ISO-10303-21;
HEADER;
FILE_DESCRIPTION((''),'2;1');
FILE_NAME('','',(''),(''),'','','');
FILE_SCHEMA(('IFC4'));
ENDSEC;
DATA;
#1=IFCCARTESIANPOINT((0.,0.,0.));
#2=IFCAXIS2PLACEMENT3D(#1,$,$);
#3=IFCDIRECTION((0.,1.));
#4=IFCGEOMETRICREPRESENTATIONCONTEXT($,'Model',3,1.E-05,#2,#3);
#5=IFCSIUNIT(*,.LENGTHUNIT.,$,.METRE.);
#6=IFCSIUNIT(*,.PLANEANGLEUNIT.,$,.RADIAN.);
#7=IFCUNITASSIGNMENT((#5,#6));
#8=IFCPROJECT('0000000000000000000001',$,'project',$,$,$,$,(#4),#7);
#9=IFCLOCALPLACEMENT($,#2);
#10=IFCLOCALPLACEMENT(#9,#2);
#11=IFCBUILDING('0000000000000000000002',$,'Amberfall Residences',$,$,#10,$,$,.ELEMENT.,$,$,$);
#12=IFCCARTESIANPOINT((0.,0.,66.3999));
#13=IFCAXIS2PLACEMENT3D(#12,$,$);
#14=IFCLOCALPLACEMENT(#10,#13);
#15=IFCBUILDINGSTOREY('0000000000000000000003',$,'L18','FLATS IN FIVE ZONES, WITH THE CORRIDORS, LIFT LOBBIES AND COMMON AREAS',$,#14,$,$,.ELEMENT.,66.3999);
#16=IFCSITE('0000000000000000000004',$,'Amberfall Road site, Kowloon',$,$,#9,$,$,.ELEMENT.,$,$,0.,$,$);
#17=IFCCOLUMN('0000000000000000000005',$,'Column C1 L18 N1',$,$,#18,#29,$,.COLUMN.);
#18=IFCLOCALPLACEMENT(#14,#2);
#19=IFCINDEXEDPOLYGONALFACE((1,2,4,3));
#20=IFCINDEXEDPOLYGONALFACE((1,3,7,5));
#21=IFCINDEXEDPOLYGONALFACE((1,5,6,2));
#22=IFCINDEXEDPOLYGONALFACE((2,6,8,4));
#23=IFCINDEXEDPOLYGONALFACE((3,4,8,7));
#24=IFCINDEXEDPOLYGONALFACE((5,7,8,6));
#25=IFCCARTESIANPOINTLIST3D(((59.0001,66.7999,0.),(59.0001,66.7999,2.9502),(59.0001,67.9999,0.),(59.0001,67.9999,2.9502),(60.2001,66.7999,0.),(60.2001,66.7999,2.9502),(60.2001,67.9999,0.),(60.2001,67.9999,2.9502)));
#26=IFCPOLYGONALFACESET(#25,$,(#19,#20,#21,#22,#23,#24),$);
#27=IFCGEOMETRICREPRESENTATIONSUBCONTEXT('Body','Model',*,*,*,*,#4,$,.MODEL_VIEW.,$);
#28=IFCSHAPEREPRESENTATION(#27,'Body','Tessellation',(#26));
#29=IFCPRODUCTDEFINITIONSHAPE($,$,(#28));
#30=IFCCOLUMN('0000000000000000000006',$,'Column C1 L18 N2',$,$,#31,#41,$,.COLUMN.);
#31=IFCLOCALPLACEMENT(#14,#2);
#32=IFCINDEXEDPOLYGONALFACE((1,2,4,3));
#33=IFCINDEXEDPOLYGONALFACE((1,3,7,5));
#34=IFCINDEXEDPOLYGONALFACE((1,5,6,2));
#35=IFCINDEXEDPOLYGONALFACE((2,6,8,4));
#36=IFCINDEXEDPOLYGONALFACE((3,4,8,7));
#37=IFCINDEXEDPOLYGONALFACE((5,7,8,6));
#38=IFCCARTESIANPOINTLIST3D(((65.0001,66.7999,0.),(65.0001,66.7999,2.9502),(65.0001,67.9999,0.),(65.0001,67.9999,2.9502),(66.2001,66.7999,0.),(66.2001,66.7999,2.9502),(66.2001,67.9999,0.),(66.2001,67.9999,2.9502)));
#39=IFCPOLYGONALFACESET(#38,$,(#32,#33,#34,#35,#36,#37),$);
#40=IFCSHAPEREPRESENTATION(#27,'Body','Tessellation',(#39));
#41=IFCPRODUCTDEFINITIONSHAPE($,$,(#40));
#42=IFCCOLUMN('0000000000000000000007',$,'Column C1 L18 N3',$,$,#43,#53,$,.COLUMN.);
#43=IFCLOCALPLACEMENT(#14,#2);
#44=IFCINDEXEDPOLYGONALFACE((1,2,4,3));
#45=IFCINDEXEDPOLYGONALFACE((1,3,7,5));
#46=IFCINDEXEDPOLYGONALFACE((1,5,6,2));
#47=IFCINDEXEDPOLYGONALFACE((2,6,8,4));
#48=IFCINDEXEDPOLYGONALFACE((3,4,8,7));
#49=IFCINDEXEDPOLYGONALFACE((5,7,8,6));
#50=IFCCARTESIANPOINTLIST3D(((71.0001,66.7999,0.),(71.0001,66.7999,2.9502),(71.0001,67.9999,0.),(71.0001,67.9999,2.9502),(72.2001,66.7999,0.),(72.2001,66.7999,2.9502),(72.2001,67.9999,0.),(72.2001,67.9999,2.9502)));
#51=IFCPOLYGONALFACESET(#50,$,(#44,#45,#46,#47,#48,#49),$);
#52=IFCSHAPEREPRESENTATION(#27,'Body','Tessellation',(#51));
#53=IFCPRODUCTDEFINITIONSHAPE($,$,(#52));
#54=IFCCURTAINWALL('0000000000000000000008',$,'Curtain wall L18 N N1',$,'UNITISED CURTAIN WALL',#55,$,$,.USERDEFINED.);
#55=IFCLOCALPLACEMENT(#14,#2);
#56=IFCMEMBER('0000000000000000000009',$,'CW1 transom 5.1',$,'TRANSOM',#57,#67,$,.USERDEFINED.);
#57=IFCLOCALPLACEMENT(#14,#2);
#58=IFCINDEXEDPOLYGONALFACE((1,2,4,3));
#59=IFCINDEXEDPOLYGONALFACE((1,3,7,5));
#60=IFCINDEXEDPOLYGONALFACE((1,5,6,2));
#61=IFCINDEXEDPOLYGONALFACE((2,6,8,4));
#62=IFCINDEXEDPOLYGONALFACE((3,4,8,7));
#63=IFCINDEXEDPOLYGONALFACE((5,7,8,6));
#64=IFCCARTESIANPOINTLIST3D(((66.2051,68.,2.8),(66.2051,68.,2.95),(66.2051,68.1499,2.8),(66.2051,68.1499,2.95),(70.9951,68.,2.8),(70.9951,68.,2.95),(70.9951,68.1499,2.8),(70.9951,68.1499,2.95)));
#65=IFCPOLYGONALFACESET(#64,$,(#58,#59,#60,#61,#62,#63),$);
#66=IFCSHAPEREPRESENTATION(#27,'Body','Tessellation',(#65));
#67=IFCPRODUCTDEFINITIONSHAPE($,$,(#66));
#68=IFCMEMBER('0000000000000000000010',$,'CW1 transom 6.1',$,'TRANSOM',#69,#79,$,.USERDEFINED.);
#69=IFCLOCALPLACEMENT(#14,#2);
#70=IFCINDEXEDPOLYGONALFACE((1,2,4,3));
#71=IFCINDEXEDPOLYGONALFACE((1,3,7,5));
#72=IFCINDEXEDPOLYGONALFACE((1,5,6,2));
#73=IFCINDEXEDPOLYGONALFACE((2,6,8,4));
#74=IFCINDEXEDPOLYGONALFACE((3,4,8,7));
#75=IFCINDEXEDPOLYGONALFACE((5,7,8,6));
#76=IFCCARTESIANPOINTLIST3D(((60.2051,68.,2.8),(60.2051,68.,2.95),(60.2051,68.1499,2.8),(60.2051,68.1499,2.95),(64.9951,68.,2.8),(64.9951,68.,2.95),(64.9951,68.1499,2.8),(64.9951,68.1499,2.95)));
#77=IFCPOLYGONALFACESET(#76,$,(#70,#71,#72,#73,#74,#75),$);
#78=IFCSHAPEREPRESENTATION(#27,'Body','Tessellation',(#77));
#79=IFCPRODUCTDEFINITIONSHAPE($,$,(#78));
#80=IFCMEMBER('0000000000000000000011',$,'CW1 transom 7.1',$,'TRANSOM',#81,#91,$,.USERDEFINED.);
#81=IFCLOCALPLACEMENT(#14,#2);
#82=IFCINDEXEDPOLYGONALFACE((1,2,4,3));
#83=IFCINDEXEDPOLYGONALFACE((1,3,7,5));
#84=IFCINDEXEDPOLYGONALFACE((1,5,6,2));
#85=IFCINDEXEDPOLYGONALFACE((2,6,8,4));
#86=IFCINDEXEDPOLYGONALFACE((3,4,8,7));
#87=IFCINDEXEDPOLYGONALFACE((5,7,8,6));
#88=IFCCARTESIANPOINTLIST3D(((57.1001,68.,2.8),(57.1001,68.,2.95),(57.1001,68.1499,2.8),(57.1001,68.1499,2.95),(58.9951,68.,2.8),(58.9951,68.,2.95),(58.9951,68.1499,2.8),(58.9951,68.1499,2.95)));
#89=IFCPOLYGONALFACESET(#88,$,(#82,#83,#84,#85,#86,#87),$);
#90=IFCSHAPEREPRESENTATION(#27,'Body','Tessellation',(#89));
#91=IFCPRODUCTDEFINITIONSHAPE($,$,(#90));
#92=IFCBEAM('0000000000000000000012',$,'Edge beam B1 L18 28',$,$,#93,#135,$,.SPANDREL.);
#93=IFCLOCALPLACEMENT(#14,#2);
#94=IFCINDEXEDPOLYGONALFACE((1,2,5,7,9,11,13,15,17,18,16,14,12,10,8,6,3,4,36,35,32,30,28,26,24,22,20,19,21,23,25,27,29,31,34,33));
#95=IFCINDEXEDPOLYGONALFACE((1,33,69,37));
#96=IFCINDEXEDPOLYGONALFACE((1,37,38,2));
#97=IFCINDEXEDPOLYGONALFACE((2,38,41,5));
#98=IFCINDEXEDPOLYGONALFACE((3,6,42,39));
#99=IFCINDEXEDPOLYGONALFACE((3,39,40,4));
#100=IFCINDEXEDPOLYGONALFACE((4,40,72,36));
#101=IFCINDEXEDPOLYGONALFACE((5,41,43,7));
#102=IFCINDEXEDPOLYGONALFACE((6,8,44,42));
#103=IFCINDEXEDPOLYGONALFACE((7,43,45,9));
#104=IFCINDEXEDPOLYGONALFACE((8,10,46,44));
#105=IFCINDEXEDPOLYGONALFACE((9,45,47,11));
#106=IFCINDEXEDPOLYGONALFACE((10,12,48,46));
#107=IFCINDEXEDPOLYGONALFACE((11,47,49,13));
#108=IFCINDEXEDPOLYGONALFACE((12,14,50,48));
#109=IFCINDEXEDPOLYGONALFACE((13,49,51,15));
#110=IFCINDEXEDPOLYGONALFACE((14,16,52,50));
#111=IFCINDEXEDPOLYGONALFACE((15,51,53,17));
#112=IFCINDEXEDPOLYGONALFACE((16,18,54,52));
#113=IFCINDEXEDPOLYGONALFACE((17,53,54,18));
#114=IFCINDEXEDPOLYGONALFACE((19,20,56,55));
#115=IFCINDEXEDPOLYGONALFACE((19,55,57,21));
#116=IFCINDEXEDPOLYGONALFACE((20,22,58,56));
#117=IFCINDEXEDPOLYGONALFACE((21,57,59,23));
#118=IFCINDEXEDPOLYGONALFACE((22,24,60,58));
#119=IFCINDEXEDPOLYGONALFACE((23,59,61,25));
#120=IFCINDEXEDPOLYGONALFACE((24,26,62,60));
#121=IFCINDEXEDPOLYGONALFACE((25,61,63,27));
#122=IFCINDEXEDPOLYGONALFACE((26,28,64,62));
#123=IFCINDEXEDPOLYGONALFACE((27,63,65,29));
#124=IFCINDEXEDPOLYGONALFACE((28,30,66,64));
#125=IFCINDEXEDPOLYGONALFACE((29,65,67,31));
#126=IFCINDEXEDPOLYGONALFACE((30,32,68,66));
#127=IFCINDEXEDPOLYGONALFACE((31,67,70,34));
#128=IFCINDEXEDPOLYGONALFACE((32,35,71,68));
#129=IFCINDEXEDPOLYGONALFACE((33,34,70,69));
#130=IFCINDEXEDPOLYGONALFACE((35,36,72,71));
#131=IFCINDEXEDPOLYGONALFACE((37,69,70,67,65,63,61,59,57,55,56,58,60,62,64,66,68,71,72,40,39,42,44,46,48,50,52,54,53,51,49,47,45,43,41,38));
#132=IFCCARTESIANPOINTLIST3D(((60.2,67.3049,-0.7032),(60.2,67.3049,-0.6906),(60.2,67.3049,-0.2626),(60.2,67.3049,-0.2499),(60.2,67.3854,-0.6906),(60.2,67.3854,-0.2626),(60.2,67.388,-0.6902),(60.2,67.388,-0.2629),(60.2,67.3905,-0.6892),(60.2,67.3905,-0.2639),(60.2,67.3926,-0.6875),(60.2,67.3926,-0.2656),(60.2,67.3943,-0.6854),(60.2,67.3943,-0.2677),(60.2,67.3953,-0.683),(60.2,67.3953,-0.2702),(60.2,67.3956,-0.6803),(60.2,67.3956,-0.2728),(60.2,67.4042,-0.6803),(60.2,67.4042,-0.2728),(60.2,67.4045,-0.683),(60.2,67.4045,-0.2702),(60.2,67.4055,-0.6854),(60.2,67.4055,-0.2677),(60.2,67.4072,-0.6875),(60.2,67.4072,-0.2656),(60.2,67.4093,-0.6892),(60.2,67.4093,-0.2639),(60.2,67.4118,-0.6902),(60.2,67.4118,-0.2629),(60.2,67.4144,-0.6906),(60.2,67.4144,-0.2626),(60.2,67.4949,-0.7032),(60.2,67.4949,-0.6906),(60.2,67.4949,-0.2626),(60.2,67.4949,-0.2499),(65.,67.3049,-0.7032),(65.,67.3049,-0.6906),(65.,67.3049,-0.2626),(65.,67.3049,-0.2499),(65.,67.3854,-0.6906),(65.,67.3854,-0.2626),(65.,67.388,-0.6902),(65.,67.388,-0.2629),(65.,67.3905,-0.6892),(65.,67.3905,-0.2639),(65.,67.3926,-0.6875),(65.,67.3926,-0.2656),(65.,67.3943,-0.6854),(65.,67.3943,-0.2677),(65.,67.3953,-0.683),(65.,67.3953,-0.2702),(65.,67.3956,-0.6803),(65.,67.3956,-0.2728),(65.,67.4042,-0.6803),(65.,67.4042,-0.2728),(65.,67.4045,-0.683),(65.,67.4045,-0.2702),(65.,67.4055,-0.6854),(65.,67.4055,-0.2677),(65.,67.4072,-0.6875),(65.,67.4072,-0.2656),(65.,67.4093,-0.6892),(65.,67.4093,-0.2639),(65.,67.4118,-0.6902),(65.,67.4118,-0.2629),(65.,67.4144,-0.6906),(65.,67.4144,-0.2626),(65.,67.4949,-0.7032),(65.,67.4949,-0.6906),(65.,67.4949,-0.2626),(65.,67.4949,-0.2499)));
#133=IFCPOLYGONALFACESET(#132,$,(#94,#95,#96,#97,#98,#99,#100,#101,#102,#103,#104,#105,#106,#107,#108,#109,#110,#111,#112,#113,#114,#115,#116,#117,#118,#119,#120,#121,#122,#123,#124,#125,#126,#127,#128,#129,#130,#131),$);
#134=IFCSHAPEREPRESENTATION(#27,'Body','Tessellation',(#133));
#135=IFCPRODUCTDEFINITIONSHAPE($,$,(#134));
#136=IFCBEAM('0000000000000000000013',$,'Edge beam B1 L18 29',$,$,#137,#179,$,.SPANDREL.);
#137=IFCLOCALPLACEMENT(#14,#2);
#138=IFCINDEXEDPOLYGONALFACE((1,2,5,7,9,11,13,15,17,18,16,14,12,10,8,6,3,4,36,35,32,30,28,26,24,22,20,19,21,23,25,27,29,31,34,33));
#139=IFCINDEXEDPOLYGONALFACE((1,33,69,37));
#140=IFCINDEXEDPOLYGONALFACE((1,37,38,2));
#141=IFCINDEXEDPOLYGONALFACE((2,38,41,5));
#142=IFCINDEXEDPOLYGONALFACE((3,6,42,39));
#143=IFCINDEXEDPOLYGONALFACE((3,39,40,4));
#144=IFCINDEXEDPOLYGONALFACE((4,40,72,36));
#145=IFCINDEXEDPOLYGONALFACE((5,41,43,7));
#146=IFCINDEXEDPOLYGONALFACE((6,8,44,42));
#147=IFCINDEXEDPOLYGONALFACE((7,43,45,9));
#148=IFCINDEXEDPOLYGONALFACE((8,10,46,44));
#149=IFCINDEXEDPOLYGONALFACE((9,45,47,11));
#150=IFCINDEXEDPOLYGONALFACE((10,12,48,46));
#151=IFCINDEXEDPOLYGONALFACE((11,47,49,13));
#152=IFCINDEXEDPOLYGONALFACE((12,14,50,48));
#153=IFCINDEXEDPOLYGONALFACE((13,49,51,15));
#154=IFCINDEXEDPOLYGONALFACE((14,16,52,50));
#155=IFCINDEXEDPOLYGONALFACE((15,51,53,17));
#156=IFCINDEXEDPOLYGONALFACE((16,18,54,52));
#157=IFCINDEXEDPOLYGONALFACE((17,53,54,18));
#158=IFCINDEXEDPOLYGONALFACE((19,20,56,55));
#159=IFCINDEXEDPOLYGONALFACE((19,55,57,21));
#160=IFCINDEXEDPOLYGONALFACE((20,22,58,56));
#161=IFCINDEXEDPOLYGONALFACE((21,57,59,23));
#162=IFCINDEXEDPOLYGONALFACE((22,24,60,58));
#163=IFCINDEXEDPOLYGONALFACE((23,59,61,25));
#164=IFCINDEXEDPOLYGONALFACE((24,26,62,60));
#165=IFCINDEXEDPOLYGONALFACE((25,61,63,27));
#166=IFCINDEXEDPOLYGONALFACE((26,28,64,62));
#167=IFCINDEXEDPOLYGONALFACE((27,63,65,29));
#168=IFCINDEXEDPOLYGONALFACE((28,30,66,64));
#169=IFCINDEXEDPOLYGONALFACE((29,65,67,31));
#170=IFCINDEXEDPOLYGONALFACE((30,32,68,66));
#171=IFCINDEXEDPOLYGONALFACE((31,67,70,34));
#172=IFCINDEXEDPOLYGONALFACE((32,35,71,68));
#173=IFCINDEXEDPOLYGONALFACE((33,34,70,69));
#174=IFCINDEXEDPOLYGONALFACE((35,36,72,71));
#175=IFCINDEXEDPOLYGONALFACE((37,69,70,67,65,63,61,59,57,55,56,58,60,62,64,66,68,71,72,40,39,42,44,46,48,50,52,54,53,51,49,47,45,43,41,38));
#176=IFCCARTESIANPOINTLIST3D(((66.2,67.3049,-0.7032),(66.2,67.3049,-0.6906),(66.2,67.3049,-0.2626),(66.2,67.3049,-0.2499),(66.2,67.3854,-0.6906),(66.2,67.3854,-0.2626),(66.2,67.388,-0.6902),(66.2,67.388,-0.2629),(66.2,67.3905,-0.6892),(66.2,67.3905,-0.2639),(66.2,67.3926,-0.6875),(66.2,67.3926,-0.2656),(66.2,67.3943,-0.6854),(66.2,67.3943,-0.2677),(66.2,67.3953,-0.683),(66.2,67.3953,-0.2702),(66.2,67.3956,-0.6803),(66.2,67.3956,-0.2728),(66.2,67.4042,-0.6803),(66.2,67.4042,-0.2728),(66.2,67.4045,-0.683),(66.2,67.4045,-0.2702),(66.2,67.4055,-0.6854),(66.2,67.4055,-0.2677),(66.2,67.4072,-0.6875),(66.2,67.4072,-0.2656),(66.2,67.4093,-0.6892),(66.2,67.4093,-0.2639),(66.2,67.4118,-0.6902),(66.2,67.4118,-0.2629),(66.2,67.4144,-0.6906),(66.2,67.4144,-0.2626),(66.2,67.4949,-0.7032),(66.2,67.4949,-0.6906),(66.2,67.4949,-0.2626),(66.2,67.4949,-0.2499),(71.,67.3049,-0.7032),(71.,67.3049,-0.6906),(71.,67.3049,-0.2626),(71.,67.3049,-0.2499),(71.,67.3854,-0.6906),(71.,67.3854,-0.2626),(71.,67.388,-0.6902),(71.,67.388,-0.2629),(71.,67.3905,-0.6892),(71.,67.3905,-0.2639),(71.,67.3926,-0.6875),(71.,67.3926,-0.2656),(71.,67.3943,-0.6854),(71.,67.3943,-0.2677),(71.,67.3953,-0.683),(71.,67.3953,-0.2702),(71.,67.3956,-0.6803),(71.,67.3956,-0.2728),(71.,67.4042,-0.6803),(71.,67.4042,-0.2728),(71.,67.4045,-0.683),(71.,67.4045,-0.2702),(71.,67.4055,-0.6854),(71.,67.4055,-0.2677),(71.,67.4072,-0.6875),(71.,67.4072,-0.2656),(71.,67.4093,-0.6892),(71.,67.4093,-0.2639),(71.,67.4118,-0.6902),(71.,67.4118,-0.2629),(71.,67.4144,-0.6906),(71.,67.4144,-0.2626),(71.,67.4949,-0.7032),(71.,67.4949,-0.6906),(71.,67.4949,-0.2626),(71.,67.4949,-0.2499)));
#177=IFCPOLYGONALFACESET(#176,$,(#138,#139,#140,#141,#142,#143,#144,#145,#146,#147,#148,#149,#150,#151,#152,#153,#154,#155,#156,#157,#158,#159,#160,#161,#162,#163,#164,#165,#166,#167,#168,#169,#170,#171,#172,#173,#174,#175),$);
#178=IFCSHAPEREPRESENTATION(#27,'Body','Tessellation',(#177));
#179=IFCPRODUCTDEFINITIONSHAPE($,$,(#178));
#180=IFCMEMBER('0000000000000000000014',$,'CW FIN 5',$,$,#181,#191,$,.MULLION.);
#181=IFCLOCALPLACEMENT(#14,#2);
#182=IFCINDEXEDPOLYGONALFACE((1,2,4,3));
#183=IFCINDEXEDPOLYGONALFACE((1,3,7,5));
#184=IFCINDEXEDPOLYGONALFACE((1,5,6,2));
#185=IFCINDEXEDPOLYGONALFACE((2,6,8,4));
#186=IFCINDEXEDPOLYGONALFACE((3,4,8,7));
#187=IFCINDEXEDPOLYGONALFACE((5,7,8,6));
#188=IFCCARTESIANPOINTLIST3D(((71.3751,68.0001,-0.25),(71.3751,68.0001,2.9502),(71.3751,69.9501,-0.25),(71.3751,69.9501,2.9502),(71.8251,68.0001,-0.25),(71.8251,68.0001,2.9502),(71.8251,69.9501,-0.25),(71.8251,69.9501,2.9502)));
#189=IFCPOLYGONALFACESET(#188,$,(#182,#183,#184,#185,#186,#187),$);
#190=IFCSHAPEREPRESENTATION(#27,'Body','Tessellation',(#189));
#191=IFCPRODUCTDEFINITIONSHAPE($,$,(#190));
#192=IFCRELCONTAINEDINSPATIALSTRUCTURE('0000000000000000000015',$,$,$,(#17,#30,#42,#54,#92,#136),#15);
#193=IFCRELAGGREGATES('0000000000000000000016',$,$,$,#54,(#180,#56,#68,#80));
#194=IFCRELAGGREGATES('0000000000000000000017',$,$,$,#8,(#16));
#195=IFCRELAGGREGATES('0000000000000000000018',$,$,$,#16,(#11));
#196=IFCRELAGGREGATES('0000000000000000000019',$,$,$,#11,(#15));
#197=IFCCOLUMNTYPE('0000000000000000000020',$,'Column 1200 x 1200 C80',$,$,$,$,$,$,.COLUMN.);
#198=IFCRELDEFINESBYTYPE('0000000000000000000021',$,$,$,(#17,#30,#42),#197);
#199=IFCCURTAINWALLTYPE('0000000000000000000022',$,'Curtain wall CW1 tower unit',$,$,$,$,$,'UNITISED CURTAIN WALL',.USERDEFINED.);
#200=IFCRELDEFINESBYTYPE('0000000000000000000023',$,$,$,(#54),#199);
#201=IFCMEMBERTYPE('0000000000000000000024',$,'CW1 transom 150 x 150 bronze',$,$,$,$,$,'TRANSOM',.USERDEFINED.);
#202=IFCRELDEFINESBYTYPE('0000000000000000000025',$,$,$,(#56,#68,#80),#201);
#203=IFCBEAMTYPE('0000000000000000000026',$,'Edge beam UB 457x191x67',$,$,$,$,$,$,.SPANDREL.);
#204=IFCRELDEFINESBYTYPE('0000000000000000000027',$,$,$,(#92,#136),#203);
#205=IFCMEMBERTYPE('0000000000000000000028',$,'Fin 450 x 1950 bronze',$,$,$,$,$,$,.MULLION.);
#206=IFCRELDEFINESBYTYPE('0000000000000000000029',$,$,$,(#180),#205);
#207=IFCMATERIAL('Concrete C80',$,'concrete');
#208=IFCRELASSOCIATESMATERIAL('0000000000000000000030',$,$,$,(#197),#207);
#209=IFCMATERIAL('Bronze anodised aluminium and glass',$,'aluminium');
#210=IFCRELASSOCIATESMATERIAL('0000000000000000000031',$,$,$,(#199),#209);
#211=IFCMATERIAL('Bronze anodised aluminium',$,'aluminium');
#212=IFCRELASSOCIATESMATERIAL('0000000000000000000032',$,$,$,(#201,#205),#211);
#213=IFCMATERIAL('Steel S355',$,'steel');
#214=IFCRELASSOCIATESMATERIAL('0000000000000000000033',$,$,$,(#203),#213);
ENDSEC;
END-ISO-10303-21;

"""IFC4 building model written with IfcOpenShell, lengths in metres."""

from ifc_helpers import new_model, si_unit, direction, frame, origin, origin_2d, place, context, subcontext, project, spatial, rectangle, i_section, extrude, material, material_profile, profile_set, type_object, element, aggregate, save


model = new_model("IFC4")

# Units and contexts
model_context = context("Model", 3, precision=1e-05, world=origin(), true_north=direction((0.0, 1.0)))
body_context = subcontext(model_context, "Body", "Model", "MODEL_VIEW")
ifc_project = project(units=[si_unit("LENGTHUNIT", "METRE"), si_unit("PLANEANGLEUNIT", "RADIAN")], contexts=[model_context])

# Site, building, storey
site_placement = place(None, origin())
site = spatial("IfcSite", under=ifc_project, at=site_placement, Name="Amberfall Road site, Kowloon", CompositionType="ELEMENT", RefElevation=0.0)
building_placement = place(site_placement, origin())
building = spatial("IfcBuilding", under=site, at=building_placement, Name="Amberfall Residences", CompositionType="ELEMENT")
storey_placement = place(building_placement, frame((0.0, 0.0, 66.3999)))
storey = spatial("IfcBuildingStorey", under=building, at=storey_placement, Name="L18", Description="FLATS IN FIVE ZONES, WITH THE CORRIDORS, LIFT LOBBIES AND COMMON AREAS", CompositionType="ELEMENT", Elevation=66.3999)

# Columns
ifc_material_1 = material(Name="Concrete C80", Category="concrete")
ifc_material_profile_1 = material_profile(ifc_material_1, rectangle(XDim=1.2, YDim=1.2, at=origin_2d()), Name="Column 1200 x 1200 C80")
ifc_profile_set_1 = profile_set([ifc_material_profile_1], Name="Concrete C80")
column_type = type_object("IfcColumnType", Name="Column 1200 x 1200 C80", PredefinedType="COLUMN", material=ifc_profile_set_1)
for number, where, z_axis, x_axis, name in (
    (1, (59.6001, 67.3999, 0.0), (0.0, 0.0, 1.0), (1.0, 0.0, 0.0), "Column C1 L18 N1"),
    (2, (65.6001, 67.3999, 0.0), (0.0, 0.0, 1.0), (1.0, 0.0, 0.0), "Column C1 L18 N2"),
    (3, (71.6001, 67.3999, 0.0), (0.0, 0.0, 1.0), (1.0, 0.0, 0.0), "Column C1 L18 N3"),
):
    element("IfcColumn", number, at=place(storey_placement, frame(where, z_axis=z_axis, x_axis=x_axis)), inside=storey, type_object=column_type, Name=name, PredefinedType="COLUMN", context=body_context, shape_type="SweptSolid", body=[
        extrude(rectangle(XDim=1.2, YDim=1.2, at=origin_2d()), origin(), (0.0, 0.0, 1.0), 2.9502),
    ])

# Curtain wall, members
ifc_material_2 = material(Name="Bronze anodised aluminium and glass", Category="aluminium")
curtain_wall_type = type_object("IfcCurtainWallType", Name="Curtain wall CW1 tower unit", ElementType="UNITISED CURTAIN WALL", PredefinedType="USERDEFINED", material=ifc_material_2)
curtain_wall_placement = place(storey_placement, origin())
curtain_wall = element("IfcCurtainWall", 4, at=curtain_wall_placement, inside=storey, type_object=curtain_wall_type, Name="Curtain wall L18 N N1", ObjectType="UNITISED CURTAIN WALL", PredefinedType="USERDEFINED")
ifc_material_3 = material(Name="Bronze anodised aluminium", Category="aluminium")
ifc_material_profile_2 = material_profile(ifc_material_3, rectangle(XDim=0.1499, YDim=0.1499, at=origin_2d()), Name="CW1 transom 150 x 150 bronze")
ifc_profile_set_2 = profile_set([ifc_material_profile_2], Name="Bronze anodised aluminium")
member_type_1 = type_object("IfcMemberType", Name="CW1 transom 150 x 150 bronze", ElementType="TRANSOM", PredefinedType="USERDEFINED", material=ifc_profile_set_2)
member_1_placement = place(storey_placement, frame((70.9951, 68.075, 2.875), z_axis=(-1.0, 0.0, 0.0), x_axis=(0.0, -1.0, 0.0)))
member_1 = element("IfcMember", 5, at=member_1_placement, type_object=member_type_1, Name="CW1 transom 5.1", ObjectType="TRANSOM", PredefinedType="USERDEFINED", context=body_context, shape_type="SweptSolid", body=[
    extrude(rectangle(XDim=0.1499, YDim=0.1499, at=origin_2d()), origin(), (0.0, 0.0, 1.0), 4.79),
])
member_2_placement = place(storey_placement, frame((64.9951, 68.075, 2.875), z_axis=(-1.0, 0.0, 0.0), x_axis=(0.0, -1.0, 0.0)))
member_2 = element("IfcMember", 6, at=member_2_placement, type_object=member_type_1, Name="CW1 transom 6.1", ObjectType="TRANSOM", PredefinedType="USERDEFINED", context=body_context, shape_type="SweptSolid", body=[
    extrude(rectangle(XDim=0.1499, YDim=0.1499, at=origin_2d()), origin(), (0.0, 0.0, 1.0), 4.79),
])
member_3_placement = place(storey_placement, frame((58.9951, 68.075, 2.875), z_axis=(-1.0, 0.0, 0.0), x_axis=(0.0, -1.0, 0.0)))
member_3 = element("IfcMember", 7, at=member_3_placement, type_object=member_type_1, Name="CW1 transom 7.1", ObjectType="TRANSOM", PredefinedType="USERDEFINED", context=body_context, shape_type="SweptSolid", body=[
    extrude(rectangle(XDim=0.1499, YDim=0.1499, at=origin_2d()), origin(), (0.0, 0.0, 1.0), 1.895),
])

# Beams
ifc_material_4 = material(Name="Steel S355", Category="steel")
ifc_material_profile_3 = material_profile(ifc_material_4, i_section(OverallWidth=0.1899, OverallDepth=0.4534, WebThickness=0.0085, FlangeThickness=0.0127, FilletRadius=0.0103, at=origin_2d()), Name="UB 457x191x67")
ifc_profile_set_3 = profile_set([ifc_material_profile_3], Name="Steel S355")
beam_type_1 = type_object("IfcBeamType", Name="Edge beam UB 457x191x67", PredefinedType="SPANDREL", material=ifc_profile_set_3)
for number, where, z_axis, x_axis, name in (
    (8, (60.2, 67.3999, -0.4766), (1.0, 0.0, 0.0), (0.0, 1.0, 0.0), "Edge beam B1 L18 28"),
    (9, (66.2, 67.3999, -0.4766), (1.0, 0.0, 0.0), (0.0, 1.0, 0.0), "Edge beam B1 L18 29"),
):
    element("IfcBeam", number, at=place(storey_placement, frame(where, z_axis=z_axis, x_axis=x_axis)), inside=storey, type_object=beam_type_1, Name=name, PredefinedType="SPANDREL", context=body_context, shape_type="SweptSolid", body=[
        extrude(i_section(OverallWidth=0.1899, OverallDepth=0.4534, WebThickness=0.0085, FlangeThickness=0.0127, FilletRadius=0.0103, at=origin_2d()), origin(), (0.0, 0.0, 1.0), 4.8),
    ])

# Member
ifc_material_profile_4 = material_profile(ifc_material_3, rectangle(XDim=1.95, YDim=0.45, at=origin_2d()), Name="Fin 450 x 1950 bronze")
ifc_profile_set_4 = profile_set([ifc_material_profile_4], Name="Bronze anodised aluminium")
member_type_2 = type_object("IfcMemberType", Name="Fin 450 x 1950 bronze", PredefinedType="MULLION", material=ifc_profile_set_4)
member_4_placement = place(storey_placement, frame((71.6001, 68.9751, -0.25), z_axis=(0.0, 0.0, 1.0), x_axis=(0.0, -1.0, 0.0)))
member_4 = element("IfcMember", 10, at=member_4_placement, type_object=member_type_2, Name="CW FIN 5", PredefinedType="MULLION", context=body_context, shape_type="SweptSolid", body=[
    extrude(rectangle(XDim=1.95, YDim=0.45, at=origin_2d()), origin(), (0.0, 0.0, 1.0), 3.2002),
])

aggregate(curtain_wall, [member_4, member_1, member_2, member_3])

save(model, "model.ifc")
